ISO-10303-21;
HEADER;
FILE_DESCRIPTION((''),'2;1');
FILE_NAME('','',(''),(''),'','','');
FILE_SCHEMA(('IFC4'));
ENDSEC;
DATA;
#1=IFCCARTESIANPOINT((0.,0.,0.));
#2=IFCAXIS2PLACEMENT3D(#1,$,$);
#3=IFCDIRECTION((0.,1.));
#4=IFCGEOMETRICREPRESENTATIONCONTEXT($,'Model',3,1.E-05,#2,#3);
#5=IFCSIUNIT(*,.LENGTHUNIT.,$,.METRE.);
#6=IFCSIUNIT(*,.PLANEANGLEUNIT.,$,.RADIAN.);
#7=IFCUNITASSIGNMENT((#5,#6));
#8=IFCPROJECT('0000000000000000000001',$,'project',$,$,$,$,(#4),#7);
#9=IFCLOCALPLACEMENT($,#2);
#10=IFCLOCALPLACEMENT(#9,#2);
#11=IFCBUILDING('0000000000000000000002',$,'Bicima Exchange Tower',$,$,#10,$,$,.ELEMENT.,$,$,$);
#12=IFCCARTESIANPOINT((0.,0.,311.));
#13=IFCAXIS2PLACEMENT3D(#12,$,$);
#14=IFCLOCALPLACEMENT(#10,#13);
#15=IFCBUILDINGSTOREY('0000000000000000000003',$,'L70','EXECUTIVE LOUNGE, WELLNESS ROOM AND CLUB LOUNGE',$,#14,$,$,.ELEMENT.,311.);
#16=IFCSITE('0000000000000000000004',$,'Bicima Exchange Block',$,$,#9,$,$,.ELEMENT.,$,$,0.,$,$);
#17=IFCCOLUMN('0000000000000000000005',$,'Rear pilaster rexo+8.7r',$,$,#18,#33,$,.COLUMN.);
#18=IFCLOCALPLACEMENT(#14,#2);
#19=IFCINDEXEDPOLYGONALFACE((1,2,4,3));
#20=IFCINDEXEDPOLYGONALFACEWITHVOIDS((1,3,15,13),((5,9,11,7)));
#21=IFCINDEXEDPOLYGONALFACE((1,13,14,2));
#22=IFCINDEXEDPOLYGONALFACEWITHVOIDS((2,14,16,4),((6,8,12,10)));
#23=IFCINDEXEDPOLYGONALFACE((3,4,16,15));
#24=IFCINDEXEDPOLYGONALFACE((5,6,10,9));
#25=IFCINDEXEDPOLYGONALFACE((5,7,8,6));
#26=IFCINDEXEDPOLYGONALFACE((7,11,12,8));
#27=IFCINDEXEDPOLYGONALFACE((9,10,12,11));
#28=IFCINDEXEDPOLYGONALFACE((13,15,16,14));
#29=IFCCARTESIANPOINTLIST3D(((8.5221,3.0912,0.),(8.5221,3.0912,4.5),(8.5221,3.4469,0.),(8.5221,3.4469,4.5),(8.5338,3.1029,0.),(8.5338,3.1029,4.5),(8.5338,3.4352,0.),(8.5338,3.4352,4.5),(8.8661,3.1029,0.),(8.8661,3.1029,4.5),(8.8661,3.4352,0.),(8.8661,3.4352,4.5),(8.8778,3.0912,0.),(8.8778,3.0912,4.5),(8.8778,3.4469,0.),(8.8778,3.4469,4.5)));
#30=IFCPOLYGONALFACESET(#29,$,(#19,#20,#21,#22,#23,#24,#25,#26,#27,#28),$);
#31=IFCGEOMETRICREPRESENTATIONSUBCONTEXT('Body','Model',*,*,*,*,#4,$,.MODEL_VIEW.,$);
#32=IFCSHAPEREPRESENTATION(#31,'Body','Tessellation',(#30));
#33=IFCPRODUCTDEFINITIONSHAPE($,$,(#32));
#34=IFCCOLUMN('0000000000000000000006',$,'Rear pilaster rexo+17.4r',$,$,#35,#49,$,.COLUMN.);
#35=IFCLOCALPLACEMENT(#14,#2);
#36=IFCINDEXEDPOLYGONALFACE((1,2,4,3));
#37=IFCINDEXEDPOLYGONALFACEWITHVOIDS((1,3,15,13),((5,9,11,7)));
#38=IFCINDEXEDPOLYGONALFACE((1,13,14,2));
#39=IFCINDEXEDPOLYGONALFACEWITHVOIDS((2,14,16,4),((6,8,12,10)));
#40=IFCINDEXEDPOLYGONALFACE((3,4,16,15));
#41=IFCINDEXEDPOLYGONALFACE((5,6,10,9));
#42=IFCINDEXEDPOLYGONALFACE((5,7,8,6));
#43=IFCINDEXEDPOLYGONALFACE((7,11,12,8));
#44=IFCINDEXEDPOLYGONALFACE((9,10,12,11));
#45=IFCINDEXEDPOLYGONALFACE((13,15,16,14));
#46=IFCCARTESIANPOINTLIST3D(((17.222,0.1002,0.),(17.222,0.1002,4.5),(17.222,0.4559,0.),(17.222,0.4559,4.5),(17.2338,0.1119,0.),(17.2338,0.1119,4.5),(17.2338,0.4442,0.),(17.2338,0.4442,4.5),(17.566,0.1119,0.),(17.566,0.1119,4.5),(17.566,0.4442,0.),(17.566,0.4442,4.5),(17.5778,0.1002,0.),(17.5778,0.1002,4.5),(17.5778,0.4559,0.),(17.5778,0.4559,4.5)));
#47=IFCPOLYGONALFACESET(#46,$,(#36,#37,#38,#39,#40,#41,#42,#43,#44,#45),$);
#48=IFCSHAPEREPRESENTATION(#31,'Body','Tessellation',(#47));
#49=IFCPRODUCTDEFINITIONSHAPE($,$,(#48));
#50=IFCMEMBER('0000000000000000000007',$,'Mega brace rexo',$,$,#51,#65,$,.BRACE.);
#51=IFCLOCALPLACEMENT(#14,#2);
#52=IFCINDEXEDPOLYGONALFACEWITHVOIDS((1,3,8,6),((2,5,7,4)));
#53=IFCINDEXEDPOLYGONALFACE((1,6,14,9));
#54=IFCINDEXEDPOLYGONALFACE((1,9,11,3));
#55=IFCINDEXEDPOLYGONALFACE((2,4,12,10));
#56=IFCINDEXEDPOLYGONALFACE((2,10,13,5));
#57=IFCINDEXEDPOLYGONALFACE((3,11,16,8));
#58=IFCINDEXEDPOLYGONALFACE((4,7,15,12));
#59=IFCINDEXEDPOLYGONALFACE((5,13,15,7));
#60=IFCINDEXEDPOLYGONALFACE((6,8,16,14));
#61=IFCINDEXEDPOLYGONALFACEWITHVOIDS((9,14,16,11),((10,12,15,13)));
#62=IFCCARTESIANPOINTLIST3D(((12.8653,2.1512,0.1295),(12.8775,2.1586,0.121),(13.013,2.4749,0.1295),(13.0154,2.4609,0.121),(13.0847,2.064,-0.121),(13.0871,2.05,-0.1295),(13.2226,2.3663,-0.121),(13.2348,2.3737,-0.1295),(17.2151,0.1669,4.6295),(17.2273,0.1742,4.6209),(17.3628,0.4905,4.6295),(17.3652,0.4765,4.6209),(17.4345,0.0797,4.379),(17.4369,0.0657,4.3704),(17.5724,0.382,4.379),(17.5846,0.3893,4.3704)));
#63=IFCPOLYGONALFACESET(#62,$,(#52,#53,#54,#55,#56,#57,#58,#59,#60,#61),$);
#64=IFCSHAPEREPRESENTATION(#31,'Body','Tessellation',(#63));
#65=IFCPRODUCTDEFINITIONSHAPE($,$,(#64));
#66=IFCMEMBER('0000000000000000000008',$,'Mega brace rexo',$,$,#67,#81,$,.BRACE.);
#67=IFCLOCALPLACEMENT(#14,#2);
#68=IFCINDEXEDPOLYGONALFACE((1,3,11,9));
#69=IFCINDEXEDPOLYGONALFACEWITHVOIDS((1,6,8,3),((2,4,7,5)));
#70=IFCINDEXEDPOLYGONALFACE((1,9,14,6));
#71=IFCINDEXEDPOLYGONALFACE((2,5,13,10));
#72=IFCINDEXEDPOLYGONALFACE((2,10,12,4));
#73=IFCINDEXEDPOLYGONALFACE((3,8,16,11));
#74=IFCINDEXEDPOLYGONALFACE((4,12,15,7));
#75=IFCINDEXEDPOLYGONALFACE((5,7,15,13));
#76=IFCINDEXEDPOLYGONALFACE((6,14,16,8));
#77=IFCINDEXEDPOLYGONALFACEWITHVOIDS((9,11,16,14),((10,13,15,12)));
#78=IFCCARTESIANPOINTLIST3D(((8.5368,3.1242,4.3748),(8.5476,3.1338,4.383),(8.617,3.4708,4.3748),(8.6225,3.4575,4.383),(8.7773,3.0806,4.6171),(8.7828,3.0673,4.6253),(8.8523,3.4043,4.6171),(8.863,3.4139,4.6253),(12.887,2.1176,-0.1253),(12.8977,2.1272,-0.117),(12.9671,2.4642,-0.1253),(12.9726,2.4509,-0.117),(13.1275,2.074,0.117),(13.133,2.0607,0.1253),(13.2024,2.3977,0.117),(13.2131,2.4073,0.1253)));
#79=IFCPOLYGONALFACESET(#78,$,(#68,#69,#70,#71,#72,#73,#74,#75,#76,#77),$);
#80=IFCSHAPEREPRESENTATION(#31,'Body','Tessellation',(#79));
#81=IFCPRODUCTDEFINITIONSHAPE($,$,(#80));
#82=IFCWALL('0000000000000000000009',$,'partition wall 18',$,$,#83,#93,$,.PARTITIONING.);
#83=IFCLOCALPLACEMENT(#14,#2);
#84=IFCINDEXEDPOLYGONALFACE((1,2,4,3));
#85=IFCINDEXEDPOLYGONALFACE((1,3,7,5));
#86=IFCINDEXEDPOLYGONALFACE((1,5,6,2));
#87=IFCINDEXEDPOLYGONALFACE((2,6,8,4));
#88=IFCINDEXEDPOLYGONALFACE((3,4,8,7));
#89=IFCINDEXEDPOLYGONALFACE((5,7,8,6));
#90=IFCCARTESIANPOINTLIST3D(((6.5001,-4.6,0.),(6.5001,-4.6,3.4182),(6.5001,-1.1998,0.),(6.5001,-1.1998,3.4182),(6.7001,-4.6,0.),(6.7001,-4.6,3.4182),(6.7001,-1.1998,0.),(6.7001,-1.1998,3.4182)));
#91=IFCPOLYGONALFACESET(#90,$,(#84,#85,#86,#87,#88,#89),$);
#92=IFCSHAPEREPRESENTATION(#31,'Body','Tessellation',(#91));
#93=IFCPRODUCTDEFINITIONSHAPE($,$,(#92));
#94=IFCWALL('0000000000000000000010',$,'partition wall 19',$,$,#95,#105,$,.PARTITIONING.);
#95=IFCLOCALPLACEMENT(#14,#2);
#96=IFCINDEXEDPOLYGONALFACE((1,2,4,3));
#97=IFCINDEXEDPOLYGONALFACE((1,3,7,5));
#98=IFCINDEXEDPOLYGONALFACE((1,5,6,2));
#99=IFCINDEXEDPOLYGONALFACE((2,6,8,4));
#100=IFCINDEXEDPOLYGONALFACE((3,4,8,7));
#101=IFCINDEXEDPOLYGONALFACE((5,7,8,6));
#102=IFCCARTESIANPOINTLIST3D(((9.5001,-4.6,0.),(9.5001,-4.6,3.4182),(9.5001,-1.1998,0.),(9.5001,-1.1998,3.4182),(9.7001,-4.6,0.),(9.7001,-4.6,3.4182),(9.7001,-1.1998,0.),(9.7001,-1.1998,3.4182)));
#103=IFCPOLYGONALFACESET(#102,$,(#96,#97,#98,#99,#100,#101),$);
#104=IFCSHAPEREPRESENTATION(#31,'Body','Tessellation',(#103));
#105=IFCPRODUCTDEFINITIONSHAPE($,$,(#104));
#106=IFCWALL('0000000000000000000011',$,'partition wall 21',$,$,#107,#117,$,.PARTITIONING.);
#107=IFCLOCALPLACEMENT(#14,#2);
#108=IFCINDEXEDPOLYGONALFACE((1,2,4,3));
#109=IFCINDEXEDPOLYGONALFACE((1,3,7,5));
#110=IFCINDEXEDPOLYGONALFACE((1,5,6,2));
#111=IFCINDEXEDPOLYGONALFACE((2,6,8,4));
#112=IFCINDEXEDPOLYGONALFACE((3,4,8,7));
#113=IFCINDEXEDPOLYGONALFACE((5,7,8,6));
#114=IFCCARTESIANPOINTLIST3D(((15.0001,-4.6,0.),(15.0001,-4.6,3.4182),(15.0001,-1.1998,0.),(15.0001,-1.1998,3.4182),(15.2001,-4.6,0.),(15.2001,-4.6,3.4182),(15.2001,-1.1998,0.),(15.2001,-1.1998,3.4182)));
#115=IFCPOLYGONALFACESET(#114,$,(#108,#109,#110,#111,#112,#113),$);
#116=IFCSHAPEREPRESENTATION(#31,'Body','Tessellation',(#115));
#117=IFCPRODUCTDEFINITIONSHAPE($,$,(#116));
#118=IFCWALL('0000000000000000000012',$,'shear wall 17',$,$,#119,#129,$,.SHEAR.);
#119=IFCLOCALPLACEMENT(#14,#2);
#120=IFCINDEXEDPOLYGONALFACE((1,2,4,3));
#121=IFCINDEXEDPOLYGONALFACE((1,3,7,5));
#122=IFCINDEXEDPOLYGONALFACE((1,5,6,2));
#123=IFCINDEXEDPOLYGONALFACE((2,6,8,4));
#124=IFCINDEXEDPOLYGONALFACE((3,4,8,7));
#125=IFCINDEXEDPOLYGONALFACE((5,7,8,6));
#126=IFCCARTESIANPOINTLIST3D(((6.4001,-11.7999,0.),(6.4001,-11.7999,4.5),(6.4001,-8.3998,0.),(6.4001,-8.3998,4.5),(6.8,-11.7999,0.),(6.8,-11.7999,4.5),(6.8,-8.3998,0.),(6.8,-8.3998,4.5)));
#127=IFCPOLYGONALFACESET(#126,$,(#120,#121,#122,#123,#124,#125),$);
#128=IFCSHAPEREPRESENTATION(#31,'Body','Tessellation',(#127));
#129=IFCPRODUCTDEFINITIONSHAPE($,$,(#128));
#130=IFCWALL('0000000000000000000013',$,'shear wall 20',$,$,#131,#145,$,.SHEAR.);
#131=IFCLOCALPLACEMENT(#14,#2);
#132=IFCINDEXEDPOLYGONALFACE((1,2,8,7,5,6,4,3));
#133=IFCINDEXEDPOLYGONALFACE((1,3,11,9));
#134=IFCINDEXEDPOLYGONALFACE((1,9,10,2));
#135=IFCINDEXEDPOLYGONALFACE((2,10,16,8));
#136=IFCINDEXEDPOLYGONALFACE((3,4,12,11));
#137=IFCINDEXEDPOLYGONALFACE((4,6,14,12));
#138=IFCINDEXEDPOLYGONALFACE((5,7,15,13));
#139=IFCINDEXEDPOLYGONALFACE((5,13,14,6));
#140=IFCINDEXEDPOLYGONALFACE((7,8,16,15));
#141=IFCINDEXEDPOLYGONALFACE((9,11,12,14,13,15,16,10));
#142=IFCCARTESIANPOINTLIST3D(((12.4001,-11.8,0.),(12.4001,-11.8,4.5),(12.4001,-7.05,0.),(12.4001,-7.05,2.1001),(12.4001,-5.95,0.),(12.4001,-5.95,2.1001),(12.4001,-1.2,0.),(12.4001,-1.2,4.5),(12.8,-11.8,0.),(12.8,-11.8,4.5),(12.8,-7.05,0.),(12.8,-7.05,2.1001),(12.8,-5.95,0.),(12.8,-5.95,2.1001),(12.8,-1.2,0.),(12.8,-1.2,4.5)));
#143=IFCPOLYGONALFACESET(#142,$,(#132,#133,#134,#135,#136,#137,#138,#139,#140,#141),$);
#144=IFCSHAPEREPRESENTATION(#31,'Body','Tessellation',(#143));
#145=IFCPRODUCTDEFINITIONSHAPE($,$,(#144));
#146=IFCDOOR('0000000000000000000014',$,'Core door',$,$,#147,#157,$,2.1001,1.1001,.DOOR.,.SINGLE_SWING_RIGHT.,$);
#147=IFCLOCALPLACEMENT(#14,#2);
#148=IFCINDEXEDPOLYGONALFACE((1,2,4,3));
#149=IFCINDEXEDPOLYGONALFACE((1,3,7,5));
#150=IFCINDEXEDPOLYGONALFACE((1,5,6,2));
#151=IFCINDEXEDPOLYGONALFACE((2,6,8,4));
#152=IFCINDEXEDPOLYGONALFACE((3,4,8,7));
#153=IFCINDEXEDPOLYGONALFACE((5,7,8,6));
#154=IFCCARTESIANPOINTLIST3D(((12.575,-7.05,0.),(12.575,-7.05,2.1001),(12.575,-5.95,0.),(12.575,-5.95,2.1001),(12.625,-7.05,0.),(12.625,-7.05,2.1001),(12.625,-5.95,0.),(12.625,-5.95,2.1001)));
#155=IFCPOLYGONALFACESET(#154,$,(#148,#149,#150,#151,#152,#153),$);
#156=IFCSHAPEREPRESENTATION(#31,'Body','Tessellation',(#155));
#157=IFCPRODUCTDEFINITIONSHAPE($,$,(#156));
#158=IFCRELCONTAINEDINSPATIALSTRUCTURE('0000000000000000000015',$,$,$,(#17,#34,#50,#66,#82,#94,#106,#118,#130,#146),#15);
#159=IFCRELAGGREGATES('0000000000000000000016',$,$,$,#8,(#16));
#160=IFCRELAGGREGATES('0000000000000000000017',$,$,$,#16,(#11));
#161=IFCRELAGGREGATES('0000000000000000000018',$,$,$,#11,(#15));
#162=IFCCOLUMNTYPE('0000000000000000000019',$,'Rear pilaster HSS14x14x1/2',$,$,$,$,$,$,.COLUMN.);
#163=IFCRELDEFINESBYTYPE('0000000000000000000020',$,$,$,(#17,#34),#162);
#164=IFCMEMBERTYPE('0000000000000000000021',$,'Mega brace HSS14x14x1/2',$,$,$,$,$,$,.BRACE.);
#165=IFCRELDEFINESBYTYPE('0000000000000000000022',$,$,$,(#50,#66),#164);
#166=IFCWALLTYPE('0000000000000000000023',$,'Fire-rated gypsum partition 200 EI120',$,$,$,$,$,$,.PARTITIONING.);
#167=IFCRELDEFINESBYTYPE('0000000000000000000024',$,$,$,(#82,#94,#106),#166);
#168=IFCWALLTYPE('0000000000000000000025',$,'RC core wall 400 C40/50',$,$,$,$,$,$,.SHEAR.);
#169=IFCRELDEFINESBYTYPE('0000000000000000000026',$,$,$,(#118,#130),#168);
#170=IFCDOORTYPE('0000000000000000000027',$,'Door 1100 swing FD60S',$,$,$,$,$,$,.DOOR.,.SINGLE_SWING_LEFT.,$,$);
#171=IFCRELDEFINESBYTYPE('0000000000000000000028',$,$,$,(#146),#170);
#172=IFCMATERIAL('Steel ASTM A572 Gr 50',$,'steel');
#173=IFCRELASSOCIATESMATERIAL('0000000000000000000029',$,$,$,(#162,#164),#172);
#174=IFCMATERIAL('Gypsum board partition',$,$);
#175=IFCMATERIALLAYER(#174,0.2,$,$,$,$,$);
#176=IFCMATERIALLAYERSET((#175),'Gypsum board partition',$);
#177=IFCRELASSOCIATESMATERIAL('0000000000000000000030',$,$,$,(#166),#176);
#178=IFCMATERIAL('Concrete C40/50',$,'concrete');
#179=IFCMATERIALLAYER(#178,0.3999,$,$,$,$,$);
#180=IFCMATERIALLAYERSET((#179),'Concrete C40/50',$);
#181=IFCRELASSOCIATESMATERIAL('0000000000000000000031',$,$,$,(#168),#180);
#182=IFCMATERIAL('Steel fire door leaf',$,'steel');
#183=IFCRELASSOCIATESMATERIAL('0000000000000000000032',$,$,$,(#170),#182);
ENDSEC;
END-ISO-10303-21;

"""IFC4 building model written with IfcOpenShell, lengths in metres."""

from ifc_helpers import new_model, si_unit, direction, frame, frame_2d, origin, origin_2d, place, context, subcontext, project, spatial, rectangle, hollow_rectangle, extrude, material, layer, layer_set, material_profile, profile_set, type_object, element, fill, save


model = new_model("IFC4")

# Units and contexts
model_context = context("Model", 3, precision=1e-05, world=origin(), true_north=direction((0.0, 1.0)))
body_context = subcontext(model_context, "Body", "Model", "MODEL_VIEW")
ifc_project = project(units=[si_unit("LENGTHUNIT", "METRE"), si_unit("PLANEANGLEUNIT", "RADIAN")], contexts=[model_context])

# Site, building, storey
site_placement = place(None, origin())
site = spatial("IfcSite", under=ifc_project, at=site_placement, Name="Bicima Exchange Block", CompositionType="ELEMENT", RefElevation=0.0)
building_placement = place(site_placement, origin())
building = spatial("IfcBuilding", under=site, at=building_placement, Name="Bicima Exchange Tower", CompositionType="ELEMENT")
storey_placement = place(building_placement, frame((0.0, 0.0, 311.0)))
storey = spatial("IfcBuildingStorey", under=building, at=storey_placement, Name="L70", Description="EXECUTIVE LOUNGE, WELLNESS ROOM AND CLUB LOUNGE", CompositionType="ELEMENT", Elevation=311.0)

# Columns
ifc_material_1 = material(Name="Steel ASTM A572 Gr 50", Category="steel")
ifc_material_profile = material_profile(ifc_material_1, hollow_rectangle(XDim=0.3557, YDim=0.3557, WallThickness=0.0117, at=origin_2d()))
ifc_profile_set = profile_set([ifc_material_profile], Name="Steel ASTM A572 Gr 50")
column_type = type_object("IfcColumnType", Name="Rear pilaster HSS14x14x1/2", PredefinedType="COLUMN", material=ifc_profile_set)
for number, where, z_axis, x_axis, name in (
    (1, (8.7, 3.269, 0.0), (0.0, 0.0, 1.0), (1.0, 0.0, 0.0), "Rear pilaster rexo+8.7r"),
    (2, (17.3999, 0.2781, 0.0), (0.0, 0.0, 1.0), (1.0, 0.0, 0.0), "Rear pilaster rexo+17.4r"),
):
    element("IfcColumn", number, at=place(storey_placement, frame(where, z_axis=z_axis, x_axis=x_axis)), inside=storey, type_object=column_type, Name=name, PredefinedType="COLUMN", context=body_context, shape_type="SweptSolid", body=[
        extrude(hollow_rectangle(XDim=0.3557, YDim=0.3557, WallThickness=0.0117, at=origin_2d()), origin(), (0.0, 0.0, 1.0), 4.5),
    ])

# Members
member_type = type_object("IfcMemberType", Name="Mega brace HSS14x14x1/2", PredefinedType="BRACE", material=ifc_profile_set)
member_1_placement = place(storey_placement, frame((13.05, 2.2625, 0.0), z_axis=(0.662508, -0.302232, 0.685376), x_axis=(0.415045, 0.909801, 0.0)))
element("IfcMember", 3, at=member_1_placement, inside=storey, type_object=member_type, Name="Mega brace rexo", PredefinedType="BRACE", context=body_context, shape_type="SweptSolid", body=[
    extrude(hollow_rectangle(XDim=0.3557, YDim=0.3557, WallThickness=0.0117, at=origin_2d()), origin(), (0.0, 0.0, 1.0), 6.5657),
])
member_2_placement = place(storey_placement, frame((13.05, 2.2625, 0.0), z_axis=(-0.686212, 0.158786, 0.709859), x_axis=(-0.225439, -0.974257, 0.0)))
element("IfcMember", 4, at=member_2_placement, inside=storey, type_object=member_type, Name="Mega brace rexo", PredefinedType="BRACE", context=body_context, shape_type="SweptSolid", body=[
    extrude(hollow_rectangle(XDim=0.3557, YDim=0.3557, WallThickness=0.0117, at=origin_2d()), origin(), (0.0, 0.0, 1.0), 6.3394),
])

# Walls
ifc_material_2 = material(Name="Gypsum board partition")
ifc_layer_1 = layer(ifc_material_2, 0.2)
ifc_layer_set_1 = layer_set([ifc_layer_1], Name="Gypsum board partition")
wall_type_1 = type_object("IfcWallType", Name="Fire-rated gypsum partition 200 EI120", PredefinedType="PARTITIONING", material=ifc_layer_set_1)
for number, where, z_axis, x_axis, name in (
    (5, (6.6001, -4.6001, 0.0), (0.0, 0.0, 1.0), (0.0, 1.0, 0.0), "partition wall 18"),
    (6, (9.6001, -4.6001, 0.0), (0.0, 0.0, 1.0), (0.0, 1.0, 0.0), "partition wall 19"),
    (7, (15.1001, -4.6001, 0.0), (0.0, 0.0, 1.0), (0.0, 1.0, 0.0), "partition wall 21"),
):
    element("IfcWall", number, at=place(storey_placement, frame(where, z_axis=z_axis, x_axis=x_axis)), inside=storey, type_object=wall_type_1, Name=name, PredefinedType="PARTITIONING", context=body_context, shape_type="SweptSolid", body=[
        extrude(rectangle(XDim=3.4001, YDim=0.2, at=frame_2d((1.7002, 0.0))), origin(), (0.0, 0.0, 1.0), 3.4182),
    ])
ifc_material_3 = material(Name="Concrete C40/50", Category="concrete")
ifc_layer_2 = layer(ifc_material_3, 0.3999)
ifc_layer_set_2 = layer_set([ifc_layer_2], Name="Concrete C40/50")
wall_type_2 = type_object("IfcWallType", Name="RC core wall 400 C40/50", PredefinedType="SHEAR", material=ifc_layer_set_2)
wall_1_placement = place(storey_placement, frame((6.6001, -11.8, 0.0), z_axis=(0.0, 0.0, 1.0), x_axis=(0.0, 1.0, 0.0)))
element("IfcWall", 8, at=wall_1_placement, inside=storey, type_object=wall_type_2, Name="shear wall 17", PredefinedType="SHEAR", context=body_context, shape_type="SweptSolid", body=[
    extrude(rectangle(XDim=3.4001, YDim=0.3999, at=frame_2d((1.7002, 0.0))), origin(), (0.0, 0.0, 1.0), 4.5),
])

# Wall, opening, door
wall_2_placement = place(storey_placement, frame((12.6001, -11.8, 0.0), z_axis=(0.0, 0.0, 1.0), x_axis=(0.0, 1.0, 0.0)))
wall_2 = element("IfcWall", 9, at=wall_2_placement, inside=storey, type_object=wall_type_2, Name="shear wall 20", PredefinedType="SHEAR", context=body_context, shape_type="SweptSolid", body=[
    extrude(rectangle(XDim=10.6001, YDim=0.3999, at=frame_2d((5.3, 0.0))), origin(), (0.0, 0.0, 1.0), 4.5),
])
opening_1_placement = place(wall_2_placement, frame((4.75, 0.0, 0.0)))
opening_1 = element("IfcOpeningElement", 10, at=opening_1_placement, cuts=wall_2, PredefinedType="OPENING", context=body_context, shape_type="SweptSolid", body=[
    extrude(rectangle(XDim=1.1001, YDim=2.1001, at=frame_2d((0.55, 1.05))), frame((0.0, 0.2119, 0.0), z_axis=(0.0, -1.0, 0.0), x_axis=(1.0, 0.0, 0.0)), (0.0, 0.0, 1.0), 0.4238),
])
ifc_material_4 = material(Name="Steel fire door leaf", Category="steel")
door_type = type_object("IfcDoorType", Name="Door 1100 swing FD60S", OperationType="SINGLE_SWING_LEFT", PredefinedType="DOOR", material=ifc_material_4)
door_1_placement = place(opening_1_placement, frame((1.1001, 0.0, 0.0), z_axis=(0.0, 0.0, 1.0), x_axis=(-1.0, 0.0, 0.0)))
door_1 = element("IfcDoor", 11, at=door_1_placement, inside=storey, type_object=door_type, Name="Core door", OperationType="SINGLE_SWING_RIGHT", OverallHeight=2.1001, OverallWidth=1.1001, PredefinedType="DOOR", context=body_context, shape_type="SweptSolid", body=[
    extrude(rectangle(XDim=1.1001, YDim=2.1001, at=frame_2d((0.55, 1.05))), frame((0.0, 0.0249, 0.0), z_axis=(0.0, -1.0, 0.0), x_axis=(1.0, 0.0, 0.0)), (0.0, 0.0, 1.0), 0.05),
])
fill(opening_1, door_1)

save(model, "model.ifc")
